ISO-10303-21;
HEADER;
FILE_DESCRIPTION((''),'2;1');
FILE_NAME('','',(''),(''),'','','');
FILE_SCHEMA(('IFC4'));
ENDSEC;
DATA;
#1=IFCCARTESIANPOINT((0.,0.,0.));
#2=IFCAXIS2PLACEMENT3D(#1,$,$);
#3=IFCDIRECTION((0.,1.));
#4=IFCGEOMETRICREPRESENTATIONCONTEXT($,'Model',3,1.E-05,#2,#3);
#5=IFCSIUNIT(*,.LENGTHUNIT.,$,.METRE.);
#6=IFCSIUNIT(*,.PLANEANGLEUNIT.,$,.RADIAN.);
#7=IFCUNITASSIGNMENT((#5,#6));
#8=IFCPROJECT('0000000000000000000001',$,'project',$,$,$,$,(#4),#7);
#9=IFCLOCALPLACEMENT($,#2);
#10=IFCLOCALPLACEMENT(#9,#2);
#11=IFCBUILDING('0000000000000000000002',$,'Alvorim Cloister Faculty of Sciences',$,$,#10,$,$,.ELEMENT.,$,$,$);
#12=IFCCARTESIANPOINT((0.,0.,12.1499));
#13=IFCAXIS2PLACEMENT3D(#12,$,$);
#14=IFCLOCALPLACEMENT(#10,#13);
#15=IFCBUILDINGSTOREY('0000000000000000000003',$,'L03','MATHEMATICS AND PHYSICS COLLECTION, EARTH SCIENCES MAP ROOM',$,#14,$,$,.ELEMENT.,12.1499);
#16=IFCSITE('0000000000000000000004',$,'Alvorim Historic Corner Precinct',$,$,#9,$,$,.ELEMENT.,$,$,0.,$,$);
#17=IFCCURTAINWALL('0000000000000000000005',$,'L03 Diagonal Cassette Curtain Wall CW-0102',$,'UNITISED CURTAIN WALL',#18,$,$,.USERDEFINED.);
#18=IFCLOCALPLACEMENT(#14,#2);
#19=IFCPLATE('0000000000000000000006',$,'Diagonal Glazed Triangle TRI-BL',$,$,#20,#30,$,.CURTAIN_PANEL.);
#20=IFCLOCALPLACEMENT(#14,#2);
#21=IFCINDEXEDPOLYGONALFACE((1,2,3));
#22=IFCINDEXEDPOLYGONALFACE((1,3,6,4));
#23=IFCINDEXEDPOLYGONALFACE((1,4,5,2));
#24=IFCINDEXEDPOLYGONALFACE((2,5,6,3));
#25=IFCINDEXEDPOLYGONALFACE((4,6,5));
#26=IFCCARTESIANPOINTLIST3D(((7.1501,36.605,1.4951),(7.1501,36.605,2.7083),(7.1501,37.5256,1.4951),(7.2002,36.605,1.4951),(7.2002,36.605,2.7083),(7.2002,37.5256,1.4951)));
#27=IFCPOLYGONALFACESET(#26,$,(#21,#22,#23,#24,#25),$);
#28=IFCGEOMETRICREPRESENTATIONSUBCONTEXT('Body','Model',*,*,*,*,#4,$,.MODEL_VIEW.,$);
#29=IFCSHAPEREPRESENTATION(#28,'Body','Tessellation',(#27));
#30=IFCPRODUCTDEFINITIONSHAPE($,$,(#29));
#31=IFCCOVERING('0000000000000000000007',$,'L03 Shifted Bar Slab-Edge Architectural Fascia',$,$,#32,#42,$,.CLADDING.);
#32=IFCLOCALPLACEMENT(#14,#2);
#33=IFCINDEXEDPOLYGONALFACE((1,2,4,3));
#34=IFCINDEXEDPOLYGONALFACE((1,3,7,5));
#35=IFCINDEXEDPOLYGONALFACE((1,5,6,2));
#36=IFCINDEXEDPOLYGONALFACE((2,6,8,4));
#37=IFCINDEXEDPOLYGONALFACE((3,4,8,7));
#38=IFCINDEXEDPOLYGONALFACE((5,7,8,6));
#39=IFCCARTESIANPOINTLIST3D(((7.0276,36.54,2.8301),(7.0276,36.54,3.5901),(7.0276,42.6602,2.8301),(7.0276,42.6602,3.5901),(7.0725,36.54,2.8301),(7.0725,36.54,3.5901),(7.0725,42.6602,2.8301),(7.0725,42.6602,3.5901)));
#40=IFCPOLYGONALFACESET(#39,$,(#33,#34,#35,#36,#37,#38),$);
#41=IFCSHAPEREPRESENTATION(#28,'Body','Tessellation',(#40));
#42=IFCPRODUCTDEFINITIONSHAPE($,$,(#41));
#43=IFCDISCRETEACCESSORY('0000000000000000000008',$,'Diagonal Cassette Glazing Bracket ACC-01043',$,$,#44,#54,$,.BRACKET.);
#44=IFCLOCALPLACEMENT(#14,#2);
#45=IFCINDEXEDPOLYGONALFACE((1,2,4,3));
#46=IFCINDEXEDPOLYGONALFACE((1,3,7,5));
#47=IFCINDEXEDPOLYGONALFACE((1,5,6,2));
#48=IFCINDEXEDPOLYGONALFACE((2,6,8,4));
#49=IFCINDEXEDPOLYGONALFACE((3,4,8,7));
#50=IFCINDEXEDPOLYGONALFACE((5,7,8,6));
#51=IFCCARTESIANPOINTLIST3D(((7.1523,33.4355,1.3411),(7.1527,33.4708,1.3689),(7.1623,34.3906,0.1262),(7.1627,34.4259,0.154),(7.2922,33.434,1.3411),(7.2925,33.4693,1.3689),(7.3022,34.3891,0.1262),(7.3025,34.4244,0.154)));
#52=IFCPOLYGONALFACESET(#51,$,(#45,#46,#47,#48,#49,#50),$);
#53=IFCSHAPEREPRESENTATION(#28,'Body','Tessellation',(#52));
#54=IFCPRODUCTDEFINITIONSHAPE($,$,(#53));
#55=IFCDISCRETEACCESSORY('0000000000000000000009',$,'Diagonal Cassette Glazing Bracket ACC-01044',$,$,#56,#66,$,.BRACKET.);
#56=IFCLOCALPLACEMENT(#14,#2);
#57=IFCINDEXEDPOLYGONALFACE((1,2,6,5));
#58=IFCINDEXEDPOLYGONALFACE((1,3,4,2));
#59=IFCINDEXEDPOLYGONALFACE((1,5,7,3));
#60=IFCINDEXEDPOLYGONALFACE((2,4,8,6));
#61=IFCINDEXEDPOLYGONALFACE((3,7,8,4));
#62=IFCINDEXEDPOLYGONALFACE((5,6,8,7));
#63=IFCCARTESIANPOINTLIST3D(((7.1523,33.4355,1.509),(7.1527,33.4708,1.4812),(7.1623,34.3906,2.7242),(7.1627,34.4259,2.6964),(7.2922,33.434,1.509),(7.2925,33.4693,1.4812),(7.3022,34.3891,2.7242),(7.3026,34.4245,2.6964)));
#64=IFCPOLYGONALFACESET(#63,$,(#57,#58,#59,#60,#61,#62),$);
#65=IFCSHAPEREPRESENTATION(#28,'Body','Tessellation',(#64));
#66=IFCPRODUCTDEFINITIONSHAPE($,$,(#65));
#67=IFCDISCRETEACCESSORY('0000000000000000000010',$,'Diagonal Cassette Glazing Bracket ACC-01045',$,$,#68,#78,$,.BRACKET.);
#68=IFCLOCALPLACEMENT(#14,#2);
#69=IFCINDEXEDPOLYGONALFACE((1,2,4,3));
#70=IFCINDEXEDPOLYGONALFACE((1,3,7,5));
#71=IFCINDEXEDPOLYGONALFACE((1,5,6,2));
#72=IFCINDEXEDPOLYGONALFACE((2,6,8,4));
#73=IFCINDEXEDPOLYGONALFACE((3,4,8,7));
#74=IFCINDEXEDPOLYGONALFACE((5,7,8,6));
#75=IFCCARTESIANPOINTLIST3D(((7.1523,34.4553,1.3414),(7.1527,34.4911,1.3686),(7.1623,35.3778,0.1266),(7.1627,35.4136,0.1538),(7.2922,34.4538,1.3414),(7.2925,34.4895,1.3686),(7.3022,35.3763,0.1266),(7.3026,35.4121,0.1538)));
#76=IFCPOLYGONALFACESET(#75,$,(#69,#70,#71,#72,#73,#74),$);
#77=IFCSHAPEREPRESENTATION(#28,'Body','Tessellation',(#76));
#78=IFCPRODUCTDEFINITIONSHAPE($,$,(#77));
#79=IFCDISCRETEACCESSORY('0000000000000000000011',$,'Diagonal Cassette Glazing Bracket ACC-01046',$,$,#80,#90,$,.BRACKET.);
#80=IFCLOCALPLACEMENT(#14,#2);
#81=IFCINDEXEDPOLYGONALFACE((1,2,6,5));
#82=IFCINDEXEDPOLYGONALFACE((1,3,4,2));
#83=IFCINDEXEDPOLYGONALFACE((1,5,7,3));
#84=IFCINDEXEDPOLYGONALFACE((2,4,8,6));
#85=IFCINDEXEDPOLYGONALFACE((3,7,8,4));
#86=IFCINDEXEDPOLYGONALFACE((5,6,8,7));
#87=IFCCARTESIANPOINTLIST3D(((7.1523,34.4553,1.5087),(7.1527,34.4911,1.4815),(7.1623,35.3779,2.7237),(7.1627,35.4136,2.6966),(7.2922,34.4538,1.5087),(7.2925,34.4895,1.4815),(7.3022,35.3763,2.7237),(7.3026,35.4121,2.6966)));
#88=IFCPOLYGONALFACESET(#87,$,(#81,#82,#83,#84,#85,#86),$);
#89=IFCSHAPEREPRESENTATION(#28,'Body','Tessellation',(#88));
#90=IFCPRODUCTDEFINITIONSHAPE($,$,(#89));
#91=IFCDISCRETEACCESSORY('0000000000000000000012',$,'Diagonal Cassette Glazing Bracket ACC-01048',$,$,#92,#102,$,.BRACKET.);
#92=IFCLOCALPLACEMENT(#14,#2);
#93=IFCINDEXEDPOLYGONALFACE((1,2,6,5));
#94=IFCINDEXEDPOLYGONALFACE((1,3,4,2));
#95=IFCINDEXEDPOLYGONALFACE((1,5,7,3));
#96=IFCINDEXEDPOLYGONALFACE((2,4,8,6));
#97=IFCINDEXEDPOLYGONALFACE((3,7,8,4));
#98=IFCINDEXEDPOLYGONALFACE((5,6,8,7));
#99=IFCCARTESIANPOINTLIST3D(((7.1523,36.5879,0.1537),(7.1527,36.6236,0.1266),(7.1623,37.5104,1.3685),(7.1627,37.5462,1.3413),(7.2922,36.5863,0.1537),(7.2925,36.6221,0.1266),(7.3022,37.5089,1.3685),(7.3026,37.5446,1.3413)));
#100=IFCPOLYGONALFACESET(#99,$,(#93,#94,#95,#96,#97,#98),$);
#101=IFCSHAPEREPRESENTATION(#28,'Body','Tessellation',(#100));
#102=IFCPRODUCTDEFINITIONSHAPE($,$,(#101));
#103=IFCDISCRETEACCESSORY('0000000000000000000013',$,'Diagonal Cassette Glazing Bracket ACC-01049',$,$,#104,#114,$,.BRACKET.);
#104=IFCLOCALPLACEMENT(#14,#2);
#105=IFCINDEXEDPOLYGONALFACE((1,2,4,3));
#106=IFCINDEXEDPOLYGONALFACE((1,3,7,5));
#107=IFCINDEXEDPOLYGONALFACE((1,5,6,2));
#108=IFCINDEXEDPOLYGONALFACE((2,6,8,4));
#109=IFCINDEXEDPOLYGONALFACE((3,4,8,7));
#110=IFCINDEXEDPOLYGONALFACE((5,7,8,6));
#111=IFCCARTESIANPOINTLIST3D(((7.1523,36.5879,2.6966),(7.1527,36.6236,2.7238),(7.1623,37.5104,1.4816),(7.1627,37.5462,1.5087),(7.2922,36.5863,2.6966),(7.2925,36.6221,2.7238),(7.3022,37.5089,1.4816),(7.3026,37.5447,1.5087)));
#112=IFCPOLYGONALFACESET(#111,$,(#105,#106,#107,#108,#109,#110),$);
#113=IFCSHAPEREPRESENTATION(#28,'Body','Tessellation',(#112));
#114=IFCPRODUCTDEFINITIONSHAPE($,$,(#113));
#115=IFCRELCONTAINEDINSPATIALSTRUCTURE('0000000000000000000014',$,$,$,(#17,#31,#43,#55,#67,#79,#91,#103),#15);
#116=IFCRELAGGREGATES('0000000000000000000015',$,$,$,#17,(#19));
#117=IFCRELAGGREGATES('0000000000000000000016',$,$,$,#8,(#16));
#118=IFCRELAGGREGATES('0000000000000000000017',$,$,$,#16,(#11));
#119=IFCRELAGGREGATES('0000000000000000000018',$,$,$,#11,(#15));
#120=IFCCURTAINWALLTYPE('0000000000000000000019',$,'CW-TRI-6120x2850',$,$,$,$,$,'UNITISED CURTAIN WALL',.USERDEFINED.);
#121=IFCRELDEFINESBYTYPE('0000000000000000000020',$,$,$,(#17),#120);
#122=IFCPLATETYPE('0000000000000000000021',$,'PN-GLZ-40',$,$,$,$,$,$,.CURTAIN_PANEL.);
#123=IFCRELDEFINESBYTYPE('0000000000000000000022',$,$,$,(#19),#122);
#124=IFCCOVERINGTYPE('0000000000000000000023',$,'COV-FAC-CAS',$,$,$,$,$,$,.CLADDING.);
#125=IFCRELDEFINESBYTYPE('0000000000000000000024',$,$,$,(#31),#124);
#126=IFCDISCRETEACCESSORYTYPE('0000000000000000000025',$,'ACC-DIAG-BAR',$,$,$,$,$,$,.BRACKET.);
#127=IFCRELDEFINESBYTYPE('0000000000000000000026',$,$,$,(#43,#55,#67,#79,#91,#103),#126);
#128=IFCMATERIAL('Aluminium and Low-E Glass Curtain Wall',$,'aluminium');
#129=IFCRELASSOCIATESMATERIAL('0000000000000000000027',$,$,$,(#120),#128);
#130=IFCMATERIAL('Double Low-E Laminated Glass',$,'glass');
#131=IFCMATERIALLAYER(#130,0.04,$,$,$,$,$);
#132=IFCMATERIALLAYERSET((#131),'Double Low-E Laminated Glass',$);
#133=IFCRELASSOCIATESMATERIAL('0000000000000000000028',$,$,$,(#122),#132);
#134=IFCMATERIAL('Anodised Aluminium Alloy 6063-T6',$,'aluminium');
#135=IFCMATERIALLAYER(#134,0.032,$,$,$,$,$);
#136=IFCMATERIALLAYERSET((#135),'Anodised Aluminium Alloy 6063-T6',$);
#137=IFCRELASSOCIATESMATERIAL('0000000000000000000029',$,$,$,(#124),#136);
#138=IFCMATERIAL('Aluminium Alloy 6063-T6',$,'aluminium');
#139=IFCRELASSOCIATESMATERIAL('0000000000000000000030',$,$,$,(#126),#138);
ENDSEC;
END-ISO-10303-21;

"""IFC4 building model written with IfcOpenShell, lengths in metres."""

from ifc_helpers import new_model, si_unit, direction, frame, origin, origin_2d, place, context, subcontext, project, spatial, polyline, rectangle, outline, extrude, material, layer, layer_set, type_object, element, aggregate, save


model = new_model("IFC4")

# Units and contexts
model_context = context("Model", 3, precision=1e-05, world=origin(), true_north=direction((0.0, 1.0)))
body_context = subcontext(model_context, "Body", "Model", "MODEL_VIEW")
ifc_project = project(units=[si_unit("LENGTHUNIT", "METRE"), si_unit("PLANEANGLEUNIT", "RADIAN")], contexts=[model_context])

# Site, building, storey
site_placement = place(None, origin())
site = spatial("IfcSite", under=ifc_project, at=site_placement, Name="Alvorim Historic Corner Precinct", CompositionType="ELEMENT", RefElevation=0.0)
building_placement = place(site_placement, origin())
building = spatial("IfcBuilding", under=site, at=building_placement, Name="Alvorim Cloister Faculty of Sciences", CompositionType="ELEMENT")
storey_placement = place(building_placement, frame((0.0, 0.0, 12.1499)))
storey = spatial("IfcBuildingStorey", under=building, at=storey_placement, Name="L03", Description="MATHEMATICS AND PHYSICS COLLECTION, EARTH SCIENCES MAP ROOM", CompositionType="ELEMENT", Elevation=12.1499)

# Shared definitions
ifc_material_1 = material(Name="Aluminium and Low-E Glass Curtain Wall", Category="aluminium")
curtain_wall_type = type_object("IfcCurtainWallType", Name="CW-TRI-6120x2850", ElementType="UNITISED CURTAIN WALL", PredefinedType="USERDEFINED", material=ifc_material_1)
ifc_material_2 = material(Name="Aluminium Alloy 6063-T6", Category="aluminium")

# Shared definitions
ifc_material_3 = material(Name="Double Low-E Laminated Glass", Category="glass")
ifc_layer_1 = layer(ifc_material_3, 0.04)
ifc_layer_set_1 = layer_set([ifc_layer_1], Name="Double Low-E Laminated Glass")
plate_type_1 = type_object("IfcPlateType", Name="PN-GLZ-40", PredefinedType="CURTAIN_PANEL", material=ifc_layer_set_1)

# Curtain wall, plate
curtain_wall_1_placement = place(storey_placement, origin())
curtain_wall_1 = element("IfcCurtainWall", 1, at=curtain_wall_1_placement, inside=storey, type_object=curtain_wall_type, Name="L03 Diagonal Cassette Curtain Wall CW-0102", ObjectType="UNITISED CURTAIN WALL", PredefinedType="USERDEFINED")
plate_1_placement = place(storey_placement, frame((7.175, 36.605, 1.4951), z_axis=(0.0, 0.0, 1.0), x_axis=(0.0, 1.0, 0.0)))
plate_1 = element("IfcPlate", 2, at=plate_1_placement, type_object=plate_type_1, Name="Diagonal Glazed Triangle TRI-BL", PredefinedType="CURTAIN_PANEL", context=body_context, shape_type="SweptSolid", body=[
    extrude(outline(polyline([(0.0, 0.0), (0.9207, 0.0), (0.0, 1.2131), (0.0, 0.0)])), frame((0.0, 0.0249, 0.0), z_axis=(0.0, -1.0, 0.0), x_axis=(1.0, 0.0, 0.0)), (0.0, 0.0, 1.0), 0.05),
])
aggregate(curtain_wall_1, [plate_1])

# Covering
ifc_material_4 = material(Name="Anodised Aluminium Alloy 6063-T6", Category="aluminium")
ifc_layer_2 = layer(ifc_material_4, 0.032)
ifc_layer_set_2 = layer_set([ifc_layer_2], Name="Anodised Aluminium Alloy 6063-T6")
covering_type = type_object("IfcCoveringType", Name="COV-FAC-CAS", PredefinedType="CLADDING", material=ifc_layer_set_2)
covering_placement = place(storey_placement, frame((7.05, 36.54, 2.8301), z_axis=(0.0, 0.0, 1.0), x_axis=(0.0, 1.0, 0.0)))
element("IfcCovering", 3, at=covering_placement, inside=storey, type_object=covering_type, Name="L03 Shifted Bar Slab-Edge Architectural Fascia", PredefinedType="CLADDING", context=body_context, shape_type="SweptSolid", body=[
    extrude(outline(polyline([(0.0, 0.0), (6.1201, 0.0), (6.1201, 0.76), (0.0, 0.76), (0.0, 0.0)])), frame((0.0, 0.0225, 0.0), z_axis=(0.0, -1.0, 0.0), x_axis=(1.0, 0.0, 0.0)), (0.0, 0.0, 1.0), 0.0449),
])

# Discrete accessories
discrete_accessory_type = type_object("IfcDiscreteAccessoryType", Name="ACC-DIAG-BAR", PredefinedType="BRACKET", material=ifc_material_2)
discrete_accessory_1_placement = place(storey_placement, frame((7.2224, 33.4524, 1.355), z_axis=(0.006477, 0.618032, -0.786126), x_axis=(-0.999945, 0.01048, 0.0)))
element("IfcDiscreteAccessory", 4, at=discrete_accessory_1_placement, inside=storey, type_object=discrete_accessory_type, Name="Diagonal Cassette Glazing Bracket ACC-01043", PredefinedType="BRACKET", context=body_context, shape_type="SweptSolid", body=[
    extrude(rectangle(XDim=0.1399, YDim=0.0449, at=origin_2d()), origin(), (0.0, 0.0, 1.0), 1.5454),
])
discrete_accessory_2_placement = place(storey_placement, frame((7.2224, 33.4524, 1.4951), z_axis=(0.006477, 0.617955, 0.786187), x_axis=(-0.999945, 0.01048, 0.0)))
element("IfcDiscreteAccessory", 5, at=discrete_accessory_2_placement, inside=storey, type_object=discrete_accessory_type, Name="Diagonal Cassette Glazing Bracket ACC-01044", PredefinedType="BRACKET", context=body_context, shape_type="SweptSolid", body=[
    extrude(rectangle(XDim=0.1399, YDim=0.0449, at=origin_2d()), origin(), (0.0, 0.0, 1.0), 1.5457),
])
discrete_accessory_3_placement = place(storey_placement, frame((7.2224, 34.4724, 1.355), z_axis=(0.006562, 0.60479, -0.796358), x_axis=(-0.999941, 0.010849, 0.0)))
element("IfcDiscreteAccessory", 6, at=discrete_accessory_3_placement, inside=storey, type_object=discrete_accessory_type, Name="Diagonal Cassette Glazing Bracket ACC-01045", PredefinedType="BRACKET", context=body_context, shape_type="SweptSolid", body=[
    extrude(rectangle(XDim=0.1399, YDim=0.0449, at=origin_2d()), origin(), (0.0, 0.0, 1.0), 1.5254),
])
discrete_accessory_4_placement = place(storey_placement, frame((7.2224, 34.4724, 1.4951), z_axis=(0.006561, 0.604713, 0.796416), x_axis=(-0.999941, 0.010849, 0.0)))
element("IfcDiscreteAccessory", 7, at=discrete_accessory_4_placement, inside=storey, type_object=discrete_accessory_type, Name="Diagonal Cassette Glazing Bracket ACC-01046", PredefinedType="BRACKET", context=body_context, shape_type="SweptSolid", body=[
    extrude(rectangle(XDim=0.1399, YDim=0.0449, at=origin_2d()), origin(), (0.0, 0.0, 1.0), 1.5256),
])
discrete_accessory_5_placement = place(storey_placement, frame((7.2224, 36.605, 0.1401), z_axis=(0.006562, 0.60479, 0.796358), x_axis=(-0.999941, 0.010849, 0.0)))
element("IfcDiscreteAccessory", 8, at=discrete_accessory_5_placement, inside=storey, type_object=discrete_accessory_type, Name="Diagonal Cassette Glazing Bracket ACC-01048", PredefinedType="BRACKET", context=body_context, shape_type="SweptSolid", body=[
    extrude(rectangle(XDim=0.1399, YDim=0.0449, at=origin_2d()), origin(), (0.0, 0.0, 1.0), 1.5254),
])
discrete_accessory_6_placement = place(storey_placement, frame((7.2224, 36.605, 2.7102), z_axis=(0.006561, 0.604713, -0.796416), x_axis=(-0.999941, 0.010849, 0.0)))
element("IfcDiscreteAccessory", 9, at=discrete_accessory_6_placement, inside=storey, type_object=discrete_accessory_type, Name="Diagonal Cassette Glazing Bracket ACC-01049", PredefinedType="BRACKET", context=body_context, shape_type="SweptSolid", body=[
    extrude(rectangle(XDim=0.1399, YDim=0.0449, at=origin_2d()), origin(), (0.0, 0.0, 1.0), 1.5256),
])

save(model, "model.ifc")
